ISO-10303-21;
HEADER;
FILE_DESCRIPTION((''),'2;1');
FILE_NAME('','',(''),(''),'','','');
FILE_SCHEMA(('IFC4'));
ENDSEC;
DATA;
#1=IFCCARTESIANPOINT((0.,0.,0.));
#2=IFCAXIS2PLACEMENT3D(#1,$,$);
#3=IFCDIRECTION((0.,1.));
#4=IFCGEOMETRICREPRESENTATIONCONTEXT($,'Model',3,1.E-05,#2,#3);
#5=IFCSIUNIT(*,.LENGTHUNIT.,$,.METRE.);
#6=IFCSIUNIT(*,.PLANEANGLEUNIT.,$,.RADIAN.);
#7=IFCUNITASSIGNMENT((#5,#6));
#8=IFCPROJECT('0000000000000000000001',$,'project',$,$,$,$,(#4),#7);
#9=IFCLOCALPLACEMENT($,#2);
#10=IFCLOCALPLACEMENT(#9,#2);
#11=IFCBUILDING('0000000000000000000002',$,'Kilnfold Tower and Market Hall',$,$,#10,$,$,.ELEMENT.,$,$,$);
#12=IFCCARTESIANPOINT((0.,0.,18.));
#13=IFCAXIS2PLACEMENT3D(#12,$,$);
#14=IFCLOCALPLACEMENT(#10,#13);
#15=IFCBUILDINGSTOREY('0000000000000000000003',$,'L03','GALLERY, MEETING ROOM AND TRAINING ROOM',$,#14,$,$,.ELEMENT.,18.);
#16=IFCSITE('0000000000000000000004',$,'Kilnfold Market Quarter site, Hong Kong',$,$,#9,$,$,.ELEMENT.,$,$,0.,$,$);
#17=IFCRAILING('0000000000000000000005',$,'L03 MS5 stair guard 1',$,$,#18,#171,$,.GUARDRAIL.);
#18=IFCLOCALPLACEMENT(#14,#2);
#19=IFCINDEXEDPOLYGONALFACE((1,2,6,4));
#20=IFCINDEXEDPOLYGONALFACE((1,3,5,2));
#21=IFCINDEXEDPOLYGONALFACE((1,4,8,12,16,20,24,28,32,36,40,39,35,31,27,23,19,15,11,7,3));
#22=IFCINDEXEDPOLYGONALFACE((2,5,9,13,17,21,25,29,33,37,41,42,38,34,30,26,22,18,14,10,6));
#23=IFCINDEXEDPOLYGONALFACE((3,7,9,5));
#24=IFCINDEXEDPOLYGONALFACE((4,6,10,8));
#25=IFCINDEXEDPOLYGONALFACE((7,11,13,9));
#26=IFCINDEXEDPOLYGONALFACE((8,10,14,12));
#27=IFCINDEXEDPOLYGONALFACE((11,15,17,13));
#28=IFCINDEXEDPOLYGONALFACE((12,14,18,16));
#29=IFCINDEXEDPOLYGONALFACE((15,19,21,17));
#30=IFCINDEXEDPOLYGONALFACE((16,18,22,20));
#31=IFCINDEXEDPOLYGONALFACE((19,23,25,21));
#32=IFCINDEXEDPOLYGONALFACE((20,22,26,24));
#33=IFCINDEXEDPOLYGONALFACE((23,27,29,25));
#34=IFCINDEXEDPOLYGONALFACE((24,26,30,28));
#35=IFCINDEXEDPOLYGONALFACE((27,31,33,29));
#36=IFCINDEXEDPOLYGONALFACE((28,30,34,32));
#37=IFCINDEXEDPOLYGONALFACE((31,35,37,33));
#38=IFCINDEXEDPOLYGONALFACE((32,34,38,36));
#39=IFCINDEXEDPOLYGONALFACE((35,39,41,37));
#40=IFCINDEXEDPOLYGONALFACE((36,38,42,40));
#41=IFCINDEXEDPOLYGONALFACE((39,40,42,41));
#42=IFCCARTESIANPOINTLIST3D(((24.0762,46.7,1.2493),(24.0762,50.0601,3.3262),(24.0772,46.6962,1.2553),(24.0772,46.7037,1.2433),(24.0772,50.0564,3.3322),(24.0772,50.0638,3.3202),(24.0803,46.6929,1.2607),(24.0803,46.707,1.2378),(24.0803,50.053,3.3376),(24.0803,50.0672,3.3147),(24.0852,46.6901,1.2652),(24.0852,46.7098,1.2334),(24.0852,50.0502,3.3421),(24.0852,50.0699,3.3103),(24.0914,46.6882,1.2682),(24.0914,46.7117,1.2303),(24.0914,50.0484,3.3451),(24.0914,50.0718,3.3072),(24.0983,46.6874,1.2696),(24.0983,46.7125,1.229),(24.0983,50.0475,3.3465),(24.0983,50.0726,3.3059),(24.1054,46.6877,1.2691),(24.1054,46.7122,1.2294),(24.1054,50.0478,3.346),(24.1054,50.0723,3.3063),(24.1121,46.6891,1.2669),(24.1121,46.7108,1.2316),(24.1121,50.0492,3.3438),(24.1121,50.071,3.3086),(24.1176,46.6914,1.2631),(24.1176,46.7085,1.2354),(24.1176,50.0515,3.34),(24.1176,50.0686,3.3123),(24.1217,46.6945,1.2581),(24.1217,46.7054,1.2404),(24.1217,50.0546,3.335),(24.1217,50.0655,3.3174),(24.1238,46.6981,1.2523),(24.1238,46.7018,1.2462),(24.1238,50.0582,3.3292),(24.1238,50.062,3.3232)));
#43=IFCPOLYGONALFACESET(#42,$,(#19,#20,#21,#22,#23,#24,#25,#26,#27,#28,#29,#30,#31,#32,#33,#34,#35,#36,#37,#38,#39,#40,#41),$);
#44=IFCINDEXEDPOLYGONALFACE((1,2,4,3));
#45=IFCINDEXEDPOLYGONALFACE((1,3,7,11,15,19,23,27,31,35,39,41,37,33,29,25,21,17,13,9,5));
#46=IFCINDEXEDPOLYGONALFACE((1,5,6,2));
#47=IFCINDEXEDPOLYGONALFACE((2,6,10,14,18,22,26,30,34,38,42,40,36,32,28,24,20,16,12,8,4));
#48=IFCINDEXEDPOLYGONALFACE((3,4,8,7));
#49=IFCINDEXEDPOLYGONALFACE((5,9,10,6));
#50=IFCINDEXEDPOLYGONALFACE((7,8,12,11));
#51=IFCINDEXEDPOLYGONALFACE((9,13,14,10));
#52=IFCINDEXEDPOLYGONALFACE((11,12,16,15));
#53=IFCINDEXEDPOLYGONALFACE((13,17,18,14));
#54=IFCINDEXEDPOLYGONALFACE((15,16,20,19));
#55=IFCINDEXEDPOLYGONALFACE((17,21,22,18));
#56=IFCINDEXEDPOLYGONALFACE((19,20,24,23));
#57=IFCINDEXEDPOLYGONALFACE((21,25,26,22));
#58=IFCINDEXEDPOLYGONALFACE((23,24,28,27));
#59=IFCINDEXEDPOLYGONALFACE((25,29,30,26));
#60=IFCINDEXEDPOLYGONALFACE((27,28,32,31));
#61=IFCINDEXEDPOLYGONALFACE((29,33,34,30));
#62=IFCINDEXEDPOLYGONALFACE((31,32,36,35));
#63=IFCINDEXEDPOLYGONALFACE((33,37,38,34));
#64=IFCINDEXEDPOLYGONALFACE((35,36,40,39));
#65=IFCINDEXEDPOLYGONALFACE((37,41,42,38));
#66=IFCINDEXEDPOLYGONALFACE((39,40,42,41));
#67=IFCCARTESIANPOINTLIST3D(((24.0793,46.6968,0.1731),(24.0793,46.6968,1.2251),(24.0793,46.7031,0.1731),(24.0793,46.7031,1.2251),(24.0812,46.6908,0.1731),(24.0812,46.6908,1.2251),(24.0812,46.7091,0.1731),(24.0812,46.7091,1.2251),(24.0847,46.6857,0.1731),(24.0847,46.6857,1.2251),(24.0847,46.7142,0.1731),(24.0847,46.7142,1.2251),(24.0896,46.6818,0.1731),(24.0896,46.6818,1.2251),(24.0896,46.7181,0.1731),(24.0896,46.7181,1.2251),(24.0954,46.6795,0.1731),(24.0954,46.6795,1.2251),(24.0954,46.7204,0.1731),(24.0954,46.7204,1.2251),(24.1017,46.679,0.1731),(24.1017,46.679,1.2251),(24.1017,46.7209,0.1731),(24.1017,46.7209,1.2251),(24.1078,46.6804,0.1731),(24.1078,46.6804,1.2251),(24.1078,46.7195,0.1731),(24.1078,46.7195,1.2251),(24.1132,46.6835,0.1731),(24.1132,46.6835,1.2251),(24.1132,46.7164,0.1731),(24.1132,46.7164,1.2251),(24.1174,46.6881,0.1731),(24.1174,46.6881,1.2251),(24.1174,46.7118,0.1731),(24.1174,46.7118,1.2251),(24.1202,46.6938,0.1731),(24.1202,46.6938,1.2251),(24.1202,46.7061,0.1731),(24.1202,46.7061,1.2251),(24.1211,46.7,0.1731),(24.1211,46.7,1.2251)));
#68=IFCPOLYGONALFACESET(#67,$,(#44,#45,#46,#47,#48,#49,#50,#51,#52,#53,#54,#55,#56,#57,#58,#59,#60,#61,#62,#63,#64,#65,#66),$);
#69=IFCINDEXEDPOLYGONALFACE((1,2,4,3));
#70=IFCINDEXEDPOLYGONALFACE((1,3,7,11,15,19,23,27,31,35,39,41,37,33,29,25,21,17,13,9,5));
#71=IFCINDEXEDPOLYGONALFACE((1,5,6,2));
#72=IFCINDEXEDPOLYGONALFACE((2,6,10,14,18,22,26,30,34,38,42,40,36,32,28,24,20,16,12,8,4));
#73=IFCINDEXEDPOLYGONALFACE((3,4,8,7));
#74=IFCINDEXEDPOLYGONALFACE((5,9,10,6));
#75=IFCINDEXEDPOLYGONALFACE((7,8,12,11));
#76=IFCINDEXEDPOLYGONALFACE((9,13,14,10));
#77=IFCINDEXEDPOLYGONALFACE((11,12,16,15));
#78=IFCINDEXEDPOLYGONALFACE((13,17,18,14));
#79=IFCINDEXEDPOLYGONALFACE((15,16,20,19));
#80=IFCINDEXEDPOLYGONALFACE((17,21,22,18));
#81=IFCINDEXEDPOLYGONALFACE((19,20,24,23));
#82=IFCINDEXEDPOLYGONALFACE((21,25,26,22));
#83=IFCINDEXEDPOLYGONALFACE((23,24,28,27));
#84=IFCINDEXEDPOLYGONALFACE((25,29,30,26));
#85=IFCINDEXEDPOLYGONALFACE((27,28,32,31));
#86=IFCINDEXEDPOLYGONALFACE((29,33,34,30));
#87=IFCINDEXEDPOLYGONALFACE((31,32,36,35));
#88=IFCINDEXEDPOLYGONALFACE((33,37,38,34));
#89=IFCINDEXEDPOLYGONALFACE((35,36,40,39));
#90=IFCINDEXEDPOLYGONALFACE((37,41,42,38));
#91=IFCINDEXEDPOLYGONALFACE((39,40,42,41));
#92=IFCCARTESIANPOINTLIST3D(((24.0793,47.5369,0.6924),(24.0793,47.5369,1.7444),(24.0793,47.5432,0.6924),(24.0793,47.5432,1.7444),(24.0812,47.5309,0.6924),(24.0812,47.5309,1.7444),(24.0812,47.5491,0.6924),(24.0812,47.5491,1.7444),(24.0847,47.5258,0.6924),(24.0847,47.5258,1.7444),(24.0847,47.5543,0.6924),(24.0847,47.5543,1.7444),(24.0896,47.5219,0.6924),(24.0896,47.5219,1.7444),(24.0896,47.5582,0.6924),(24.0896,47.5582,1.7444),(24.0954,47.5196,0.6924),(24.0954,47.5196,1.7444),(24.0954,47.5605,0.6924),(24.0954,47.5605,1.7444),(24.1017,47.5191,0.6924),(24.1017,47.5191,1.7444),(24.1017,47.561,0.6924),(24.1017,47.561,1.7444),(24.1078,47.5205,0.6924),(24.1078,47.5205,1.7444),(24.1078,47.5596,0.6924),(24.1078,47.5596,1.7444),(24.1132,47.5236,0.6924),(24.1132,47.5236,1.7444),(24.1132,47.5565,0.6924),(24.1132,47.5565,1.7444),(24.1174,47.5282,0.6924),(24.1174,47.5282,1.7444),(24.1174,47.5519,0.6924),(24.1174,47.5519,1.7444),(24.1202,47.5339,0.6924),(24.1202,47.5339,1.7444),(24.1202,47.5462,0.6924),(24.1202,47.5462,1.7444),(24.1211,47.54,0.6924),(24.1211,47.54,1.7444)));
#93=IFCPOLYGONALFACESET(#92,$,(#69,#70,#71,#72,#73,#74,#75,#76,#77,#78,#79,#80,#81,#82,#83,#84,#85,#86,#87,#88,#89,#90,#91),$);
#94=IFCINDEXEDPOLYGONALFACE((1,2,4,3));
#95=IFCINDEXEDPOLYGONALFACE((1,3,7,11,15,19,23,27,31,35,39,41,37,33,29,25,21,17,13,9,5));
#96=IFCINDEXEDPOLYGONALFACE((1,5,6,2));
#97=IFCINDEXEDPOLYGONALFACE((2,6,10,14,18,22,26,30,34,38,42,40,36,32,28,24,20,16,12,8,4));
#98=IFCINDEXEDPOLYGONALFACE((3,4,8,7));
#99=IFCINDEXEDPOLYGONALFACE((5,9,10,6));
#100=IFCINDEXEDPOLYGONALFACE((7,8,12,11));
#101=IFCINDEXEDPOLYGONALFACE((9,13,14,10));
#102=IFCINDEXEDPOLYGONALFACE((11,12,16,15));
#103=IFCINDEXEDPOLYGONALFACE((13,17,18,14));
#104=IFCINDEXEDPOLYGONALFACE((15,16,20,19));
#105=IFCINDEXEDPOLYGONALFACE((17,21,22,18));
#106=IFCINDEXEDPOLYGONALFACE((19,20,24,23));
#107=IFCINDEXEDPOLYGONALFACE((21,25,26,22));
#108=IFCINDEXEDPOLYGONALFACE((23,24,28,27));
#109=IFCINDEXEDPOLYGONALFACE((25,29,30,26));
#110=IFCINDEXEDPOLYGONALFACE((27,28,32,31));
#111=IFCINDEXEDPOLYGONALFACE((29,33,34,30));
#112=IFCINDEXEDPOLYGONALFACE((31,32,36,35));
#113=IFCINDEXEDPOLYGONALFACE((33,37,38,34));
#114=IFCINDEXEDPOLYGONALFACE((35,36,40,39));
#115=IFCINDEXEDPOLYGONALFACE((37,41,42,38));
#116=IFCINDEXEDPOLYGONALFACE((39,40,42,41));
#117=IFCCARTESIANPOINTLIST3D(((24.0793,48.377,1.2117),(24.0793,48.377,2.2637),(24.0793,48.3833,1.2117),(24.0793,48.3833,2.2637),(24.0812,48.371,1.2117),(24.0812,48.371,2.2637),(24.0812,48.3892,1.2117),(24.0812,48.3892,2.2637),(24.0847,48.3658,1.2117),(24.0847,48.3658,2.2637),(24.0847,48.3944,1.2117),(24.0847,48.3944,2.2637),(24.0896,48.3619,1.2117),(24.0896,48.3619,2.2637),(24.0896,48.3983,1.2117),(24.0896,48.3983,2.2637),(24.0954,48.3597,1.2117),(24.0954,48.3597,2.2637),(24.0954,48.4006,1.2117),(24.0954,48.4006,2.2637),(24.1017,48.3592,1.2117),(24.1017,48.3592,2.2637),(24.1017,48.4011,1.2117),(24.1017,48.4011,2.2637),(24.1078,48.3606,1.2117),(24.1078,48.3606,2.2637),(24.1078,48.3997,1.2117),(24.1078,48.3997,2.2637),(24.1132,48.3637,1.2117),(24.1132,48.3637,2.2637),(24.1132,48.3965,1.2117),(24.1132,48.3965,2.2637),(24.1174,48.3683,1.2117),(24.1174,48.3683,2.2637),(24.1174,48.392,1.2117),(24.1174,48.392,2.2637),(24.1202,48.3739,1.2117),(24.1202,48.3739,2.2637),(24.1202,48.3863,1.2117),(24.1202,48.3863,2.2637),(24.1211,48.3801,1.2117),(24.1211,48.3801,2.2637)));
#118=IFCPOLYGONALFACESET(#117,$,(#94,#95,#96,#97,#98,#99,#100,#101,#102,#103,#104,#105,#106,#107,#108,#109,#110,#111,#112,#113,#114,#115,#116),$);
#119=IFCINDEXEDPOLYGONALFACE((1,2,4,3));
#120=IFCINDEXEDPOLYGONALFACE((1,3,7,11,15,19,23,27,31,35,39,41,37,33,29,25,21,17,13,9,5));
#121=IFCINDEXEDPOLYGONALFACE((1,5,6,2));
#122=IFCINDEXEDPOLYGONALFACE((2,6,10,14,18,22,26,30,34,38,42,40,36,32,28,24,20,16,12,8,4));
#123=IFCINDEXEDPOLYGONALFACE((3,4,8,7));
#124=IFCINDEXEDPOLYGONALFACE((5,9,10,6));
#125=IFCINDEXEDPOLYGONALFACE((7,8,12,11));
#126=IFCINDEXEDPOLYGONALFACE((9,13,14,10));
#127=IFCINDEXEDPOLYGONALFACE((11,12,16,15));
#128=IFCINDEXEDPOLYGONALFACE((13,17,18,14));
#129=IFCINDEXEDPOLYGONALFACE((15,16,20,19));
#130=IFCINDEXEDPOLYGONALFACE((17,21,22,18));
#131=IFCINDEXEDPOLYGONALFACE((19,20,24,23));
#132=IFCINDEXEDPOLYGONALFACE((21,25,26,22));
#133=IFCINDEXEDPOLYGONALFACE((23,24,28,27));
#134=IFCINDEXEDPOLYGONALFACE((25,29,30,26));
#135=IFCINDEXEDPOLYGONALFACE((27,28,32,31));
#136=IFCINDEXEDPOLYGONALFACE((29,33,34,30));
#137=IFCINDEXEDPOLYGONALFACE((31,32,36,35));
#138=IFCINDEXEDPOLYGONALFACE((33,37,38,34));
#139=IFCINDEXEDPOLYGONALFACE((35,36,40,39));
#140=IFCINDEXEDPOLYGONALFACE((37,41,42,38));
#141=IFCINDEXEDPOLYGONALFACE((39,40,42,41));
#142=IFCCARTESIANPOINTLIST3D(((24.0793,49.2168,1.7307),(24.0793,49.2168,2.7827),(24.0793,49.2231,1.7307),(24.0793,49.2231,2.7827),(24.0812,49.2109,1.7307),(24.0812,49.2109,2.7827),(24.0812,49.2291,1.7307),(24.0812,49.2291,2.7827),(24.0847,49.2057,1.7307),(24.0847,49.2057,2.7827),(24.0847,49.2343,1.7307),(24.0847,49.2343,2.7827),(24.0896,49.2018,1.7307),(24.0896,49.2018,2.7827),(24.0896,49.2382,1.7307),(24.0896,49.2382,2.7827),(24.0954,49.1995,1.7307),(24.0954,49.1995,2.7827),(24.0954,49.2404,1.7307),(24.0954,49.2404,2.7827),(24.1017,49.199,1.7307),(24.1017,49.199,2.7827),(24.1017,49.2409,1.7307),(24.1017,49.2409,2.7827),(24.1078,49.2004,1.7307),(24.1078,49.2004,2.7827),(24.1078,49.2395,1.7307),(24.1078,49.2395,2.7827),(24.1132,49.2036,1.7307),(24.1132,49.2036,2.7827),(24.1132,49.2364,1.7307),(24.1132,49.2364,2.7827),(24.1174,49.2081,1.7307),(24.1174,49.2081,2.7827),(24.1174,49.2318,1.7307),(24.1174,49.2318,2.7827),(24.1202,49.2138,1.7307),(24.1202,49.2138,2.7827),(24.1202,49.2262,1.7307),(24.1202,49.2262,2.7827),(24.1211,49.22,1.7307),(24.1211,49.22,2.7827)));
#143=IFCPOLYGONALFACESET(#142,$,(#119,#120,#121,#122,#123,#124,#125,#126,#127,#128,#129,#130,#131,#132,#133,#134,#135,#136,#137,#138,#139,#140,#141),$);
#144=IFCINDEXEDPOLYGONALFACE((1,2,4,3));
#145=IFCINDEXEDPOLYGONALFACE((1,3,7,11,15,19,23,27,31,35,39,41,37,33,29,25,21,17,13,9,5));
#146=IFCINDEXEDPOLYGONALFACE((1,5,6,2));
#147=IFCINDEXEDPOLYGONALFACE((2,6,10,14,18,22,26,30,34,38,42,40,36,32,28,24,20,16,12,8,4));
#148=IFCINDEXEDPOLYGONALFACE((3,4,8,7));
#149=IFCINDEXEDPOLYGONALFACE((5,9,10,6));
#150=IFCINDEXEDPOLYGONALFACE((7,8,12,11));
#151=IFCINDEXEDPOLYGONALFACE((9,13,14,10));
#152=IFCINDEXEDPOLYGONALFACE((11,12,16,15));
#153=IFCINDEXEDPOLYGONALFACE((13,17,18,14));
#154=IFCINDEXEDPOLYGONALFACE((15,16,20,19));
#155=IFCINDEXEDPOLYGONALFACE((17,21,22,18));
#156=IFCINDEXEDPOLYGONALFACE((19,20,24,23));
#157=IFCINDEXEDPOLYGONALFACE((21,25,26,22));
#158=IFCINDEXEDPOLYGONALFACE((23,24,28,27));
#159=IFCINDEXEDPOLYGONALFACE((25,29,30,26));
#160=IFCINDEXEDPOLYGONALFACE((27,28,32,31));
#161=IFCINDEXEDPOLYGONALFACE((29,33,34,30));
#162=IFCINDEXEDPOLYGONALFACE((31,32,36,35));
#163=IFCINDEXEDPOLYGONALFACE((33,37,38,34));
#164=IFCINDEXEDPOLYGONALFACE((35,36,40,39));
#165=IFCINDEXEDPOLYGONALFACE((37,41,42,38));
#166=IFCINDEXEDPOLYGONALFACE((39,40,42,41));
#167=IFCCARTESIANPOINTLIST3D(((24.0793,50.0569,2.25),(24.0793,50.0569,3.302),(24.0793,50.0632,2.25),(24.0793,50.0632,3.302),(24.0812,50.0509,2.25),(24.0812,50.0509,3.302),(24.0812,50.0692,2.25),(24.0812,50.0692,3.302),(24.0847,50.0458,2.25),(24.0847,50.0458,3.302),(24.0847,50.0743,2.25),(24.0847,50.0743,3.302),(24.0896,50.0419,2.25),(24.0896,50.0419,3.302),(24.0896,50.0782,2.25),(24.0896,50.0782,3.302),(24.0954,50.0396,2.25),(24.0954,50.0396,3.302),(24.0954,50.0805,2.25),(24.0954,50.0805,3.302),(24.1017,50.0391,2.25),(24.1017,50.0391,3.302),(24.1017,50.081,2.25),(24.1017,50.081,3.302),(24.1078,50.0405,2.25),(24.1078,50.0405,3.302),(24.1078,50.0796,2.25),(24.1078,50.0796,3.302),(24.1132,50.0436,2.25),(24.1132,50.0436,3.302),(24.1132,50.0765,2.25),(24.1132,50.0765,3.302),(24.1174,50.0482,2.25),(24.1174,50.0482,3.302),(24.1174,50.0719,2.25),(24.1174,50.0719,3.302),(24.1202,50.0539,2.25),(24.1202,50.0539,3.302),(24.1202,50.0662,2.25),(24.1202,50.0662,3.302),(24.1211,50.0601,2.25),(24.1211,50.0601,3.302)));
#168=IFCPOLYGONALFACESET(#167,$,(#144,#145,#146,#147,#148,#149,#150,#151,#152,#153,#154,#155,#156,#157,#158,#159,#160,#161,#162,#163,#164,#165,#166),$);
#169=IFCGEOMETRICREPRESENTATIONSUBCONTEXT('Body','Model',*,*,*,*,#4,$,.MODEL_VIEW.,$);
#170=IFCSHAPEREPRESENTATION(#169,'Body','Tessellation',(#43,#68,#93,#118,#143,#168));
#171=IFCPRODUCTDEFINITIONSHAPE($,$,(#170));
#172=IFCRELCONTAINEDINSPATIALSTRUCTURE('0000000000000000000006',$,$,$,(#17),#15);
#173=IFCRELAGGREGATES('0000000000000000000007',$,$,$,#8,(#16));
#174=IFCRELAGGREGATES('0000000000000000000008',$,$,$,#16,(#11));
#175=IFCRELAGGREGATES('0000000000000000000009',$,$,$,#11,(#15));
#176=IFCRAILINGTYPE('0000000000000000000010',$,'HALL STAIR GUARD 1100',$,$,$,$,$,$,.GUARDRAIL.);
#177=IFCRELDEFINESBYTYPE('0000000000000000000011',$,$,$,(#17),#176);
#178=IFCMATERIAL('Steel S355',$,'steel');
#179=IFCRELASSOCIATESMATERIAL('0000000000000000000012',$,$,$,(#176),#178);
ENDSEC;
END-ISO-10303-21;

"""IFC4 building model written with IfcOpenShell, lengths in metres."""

from ifc_helpers import new_model, si_unit, direction, frame, origin, origin_2d, place, context, subcontext, project, spatial, circle, extrude, material, type_object, element, save


model = new_model("IFC4")

# Units and contexts
model_context = context("Model", 3, precision=1e-05, world=origin(), true_north=direction((0.0, 1.0)))
body_context = subcontext(model_context, "Body", "Model", "MODEL_VIEW")
ifc_project = project(units=[si_unit("LENGTHUNIT", "METRE"), si_unit("PLANEANGLEUNIT", "RADIAN")], contexts=[model_context])

# Site, building, storey
site_placement = place(None, origin())
site = spatial("IfcSite", under=ifc_project, at=site_placement, Name="Kilnfold Market Quarter site, Hong Kong", CompositionType="ELEMENT", RefElevation=0.0)
building_placement = place(site_placement, origin())
building = spatial("IfcBuilding", under=site, at=building_placement, Name="Kilnfold Tower and Market Hall", CompositionType="ELEMENT")
storey_placement = place(building_placement, frame((0.0, 0.0, 18.0)))
storey = spatial("IfcBuildingStorey", under=building, at=storey_placement, Name="L03", Description="GALLERY, MEETING ROOM AND TRAINING ROOM", CompositionType="ELEMENT", Elevation=18.0)

# Railing
ifc_material_1 = material(Name="Steel S355", Category="steel")
railing_type_1 = type_object("IfcRailingType", Name="HALL STAIR GUARD 1100", PredefinedType="GUARDRAIL", material=ifc_material_1)
railing_1_placement = place(storey_placement, frame((24.1001, 46.7, 0.1731)))
element("IfcRailing", 1, at=railing_1_placement, inside=storey, type_object=railing_type_1, Name="L03 MS5 stair guard 1", PredefinedType="GUARDRAIL", context=body_context, shape_type="SweptSolid", body=[
    extrude(circle(Radius=0.0239, at=origin_2d()), frame((0.0, 0.0, 1.0762), z_axis=(0.0, 0.850623, 0.525776), x_axis=(-1.0, 0.0, 0.0)), (0.0, 0.0, 1.0), 3.9502),
    extrude(circle(Radius=0.021, at=origin_2d()), origin(), (0.0, 0.0, 1.0), 1.052),
    extrude(circle(Radius=0.021, at=origin_2d()), frame((0.0, 0.8401, 0.5193)), (0.0, 0.0, 1.0), 1.052),
    extrude(circle(Radius=0.021, at=origin_2d()), frame((0.0, 1.6802, 1.0386)), (0.0, 0.0, 1.0), 1.052),
    extrude(circle(Radius=0.021, at=origin_2d()), frame((0.0, 2.52, 1.5576)), (0.0, 0.0, 1.0), 1.052),
    extrude(circle(Radius=0.021, at=origin_2d()), frame((0.0, 3.3601, 2.0769)), (0.0, 0.0, 1.0), 1.052),
])

save(model, "model.ifc")
